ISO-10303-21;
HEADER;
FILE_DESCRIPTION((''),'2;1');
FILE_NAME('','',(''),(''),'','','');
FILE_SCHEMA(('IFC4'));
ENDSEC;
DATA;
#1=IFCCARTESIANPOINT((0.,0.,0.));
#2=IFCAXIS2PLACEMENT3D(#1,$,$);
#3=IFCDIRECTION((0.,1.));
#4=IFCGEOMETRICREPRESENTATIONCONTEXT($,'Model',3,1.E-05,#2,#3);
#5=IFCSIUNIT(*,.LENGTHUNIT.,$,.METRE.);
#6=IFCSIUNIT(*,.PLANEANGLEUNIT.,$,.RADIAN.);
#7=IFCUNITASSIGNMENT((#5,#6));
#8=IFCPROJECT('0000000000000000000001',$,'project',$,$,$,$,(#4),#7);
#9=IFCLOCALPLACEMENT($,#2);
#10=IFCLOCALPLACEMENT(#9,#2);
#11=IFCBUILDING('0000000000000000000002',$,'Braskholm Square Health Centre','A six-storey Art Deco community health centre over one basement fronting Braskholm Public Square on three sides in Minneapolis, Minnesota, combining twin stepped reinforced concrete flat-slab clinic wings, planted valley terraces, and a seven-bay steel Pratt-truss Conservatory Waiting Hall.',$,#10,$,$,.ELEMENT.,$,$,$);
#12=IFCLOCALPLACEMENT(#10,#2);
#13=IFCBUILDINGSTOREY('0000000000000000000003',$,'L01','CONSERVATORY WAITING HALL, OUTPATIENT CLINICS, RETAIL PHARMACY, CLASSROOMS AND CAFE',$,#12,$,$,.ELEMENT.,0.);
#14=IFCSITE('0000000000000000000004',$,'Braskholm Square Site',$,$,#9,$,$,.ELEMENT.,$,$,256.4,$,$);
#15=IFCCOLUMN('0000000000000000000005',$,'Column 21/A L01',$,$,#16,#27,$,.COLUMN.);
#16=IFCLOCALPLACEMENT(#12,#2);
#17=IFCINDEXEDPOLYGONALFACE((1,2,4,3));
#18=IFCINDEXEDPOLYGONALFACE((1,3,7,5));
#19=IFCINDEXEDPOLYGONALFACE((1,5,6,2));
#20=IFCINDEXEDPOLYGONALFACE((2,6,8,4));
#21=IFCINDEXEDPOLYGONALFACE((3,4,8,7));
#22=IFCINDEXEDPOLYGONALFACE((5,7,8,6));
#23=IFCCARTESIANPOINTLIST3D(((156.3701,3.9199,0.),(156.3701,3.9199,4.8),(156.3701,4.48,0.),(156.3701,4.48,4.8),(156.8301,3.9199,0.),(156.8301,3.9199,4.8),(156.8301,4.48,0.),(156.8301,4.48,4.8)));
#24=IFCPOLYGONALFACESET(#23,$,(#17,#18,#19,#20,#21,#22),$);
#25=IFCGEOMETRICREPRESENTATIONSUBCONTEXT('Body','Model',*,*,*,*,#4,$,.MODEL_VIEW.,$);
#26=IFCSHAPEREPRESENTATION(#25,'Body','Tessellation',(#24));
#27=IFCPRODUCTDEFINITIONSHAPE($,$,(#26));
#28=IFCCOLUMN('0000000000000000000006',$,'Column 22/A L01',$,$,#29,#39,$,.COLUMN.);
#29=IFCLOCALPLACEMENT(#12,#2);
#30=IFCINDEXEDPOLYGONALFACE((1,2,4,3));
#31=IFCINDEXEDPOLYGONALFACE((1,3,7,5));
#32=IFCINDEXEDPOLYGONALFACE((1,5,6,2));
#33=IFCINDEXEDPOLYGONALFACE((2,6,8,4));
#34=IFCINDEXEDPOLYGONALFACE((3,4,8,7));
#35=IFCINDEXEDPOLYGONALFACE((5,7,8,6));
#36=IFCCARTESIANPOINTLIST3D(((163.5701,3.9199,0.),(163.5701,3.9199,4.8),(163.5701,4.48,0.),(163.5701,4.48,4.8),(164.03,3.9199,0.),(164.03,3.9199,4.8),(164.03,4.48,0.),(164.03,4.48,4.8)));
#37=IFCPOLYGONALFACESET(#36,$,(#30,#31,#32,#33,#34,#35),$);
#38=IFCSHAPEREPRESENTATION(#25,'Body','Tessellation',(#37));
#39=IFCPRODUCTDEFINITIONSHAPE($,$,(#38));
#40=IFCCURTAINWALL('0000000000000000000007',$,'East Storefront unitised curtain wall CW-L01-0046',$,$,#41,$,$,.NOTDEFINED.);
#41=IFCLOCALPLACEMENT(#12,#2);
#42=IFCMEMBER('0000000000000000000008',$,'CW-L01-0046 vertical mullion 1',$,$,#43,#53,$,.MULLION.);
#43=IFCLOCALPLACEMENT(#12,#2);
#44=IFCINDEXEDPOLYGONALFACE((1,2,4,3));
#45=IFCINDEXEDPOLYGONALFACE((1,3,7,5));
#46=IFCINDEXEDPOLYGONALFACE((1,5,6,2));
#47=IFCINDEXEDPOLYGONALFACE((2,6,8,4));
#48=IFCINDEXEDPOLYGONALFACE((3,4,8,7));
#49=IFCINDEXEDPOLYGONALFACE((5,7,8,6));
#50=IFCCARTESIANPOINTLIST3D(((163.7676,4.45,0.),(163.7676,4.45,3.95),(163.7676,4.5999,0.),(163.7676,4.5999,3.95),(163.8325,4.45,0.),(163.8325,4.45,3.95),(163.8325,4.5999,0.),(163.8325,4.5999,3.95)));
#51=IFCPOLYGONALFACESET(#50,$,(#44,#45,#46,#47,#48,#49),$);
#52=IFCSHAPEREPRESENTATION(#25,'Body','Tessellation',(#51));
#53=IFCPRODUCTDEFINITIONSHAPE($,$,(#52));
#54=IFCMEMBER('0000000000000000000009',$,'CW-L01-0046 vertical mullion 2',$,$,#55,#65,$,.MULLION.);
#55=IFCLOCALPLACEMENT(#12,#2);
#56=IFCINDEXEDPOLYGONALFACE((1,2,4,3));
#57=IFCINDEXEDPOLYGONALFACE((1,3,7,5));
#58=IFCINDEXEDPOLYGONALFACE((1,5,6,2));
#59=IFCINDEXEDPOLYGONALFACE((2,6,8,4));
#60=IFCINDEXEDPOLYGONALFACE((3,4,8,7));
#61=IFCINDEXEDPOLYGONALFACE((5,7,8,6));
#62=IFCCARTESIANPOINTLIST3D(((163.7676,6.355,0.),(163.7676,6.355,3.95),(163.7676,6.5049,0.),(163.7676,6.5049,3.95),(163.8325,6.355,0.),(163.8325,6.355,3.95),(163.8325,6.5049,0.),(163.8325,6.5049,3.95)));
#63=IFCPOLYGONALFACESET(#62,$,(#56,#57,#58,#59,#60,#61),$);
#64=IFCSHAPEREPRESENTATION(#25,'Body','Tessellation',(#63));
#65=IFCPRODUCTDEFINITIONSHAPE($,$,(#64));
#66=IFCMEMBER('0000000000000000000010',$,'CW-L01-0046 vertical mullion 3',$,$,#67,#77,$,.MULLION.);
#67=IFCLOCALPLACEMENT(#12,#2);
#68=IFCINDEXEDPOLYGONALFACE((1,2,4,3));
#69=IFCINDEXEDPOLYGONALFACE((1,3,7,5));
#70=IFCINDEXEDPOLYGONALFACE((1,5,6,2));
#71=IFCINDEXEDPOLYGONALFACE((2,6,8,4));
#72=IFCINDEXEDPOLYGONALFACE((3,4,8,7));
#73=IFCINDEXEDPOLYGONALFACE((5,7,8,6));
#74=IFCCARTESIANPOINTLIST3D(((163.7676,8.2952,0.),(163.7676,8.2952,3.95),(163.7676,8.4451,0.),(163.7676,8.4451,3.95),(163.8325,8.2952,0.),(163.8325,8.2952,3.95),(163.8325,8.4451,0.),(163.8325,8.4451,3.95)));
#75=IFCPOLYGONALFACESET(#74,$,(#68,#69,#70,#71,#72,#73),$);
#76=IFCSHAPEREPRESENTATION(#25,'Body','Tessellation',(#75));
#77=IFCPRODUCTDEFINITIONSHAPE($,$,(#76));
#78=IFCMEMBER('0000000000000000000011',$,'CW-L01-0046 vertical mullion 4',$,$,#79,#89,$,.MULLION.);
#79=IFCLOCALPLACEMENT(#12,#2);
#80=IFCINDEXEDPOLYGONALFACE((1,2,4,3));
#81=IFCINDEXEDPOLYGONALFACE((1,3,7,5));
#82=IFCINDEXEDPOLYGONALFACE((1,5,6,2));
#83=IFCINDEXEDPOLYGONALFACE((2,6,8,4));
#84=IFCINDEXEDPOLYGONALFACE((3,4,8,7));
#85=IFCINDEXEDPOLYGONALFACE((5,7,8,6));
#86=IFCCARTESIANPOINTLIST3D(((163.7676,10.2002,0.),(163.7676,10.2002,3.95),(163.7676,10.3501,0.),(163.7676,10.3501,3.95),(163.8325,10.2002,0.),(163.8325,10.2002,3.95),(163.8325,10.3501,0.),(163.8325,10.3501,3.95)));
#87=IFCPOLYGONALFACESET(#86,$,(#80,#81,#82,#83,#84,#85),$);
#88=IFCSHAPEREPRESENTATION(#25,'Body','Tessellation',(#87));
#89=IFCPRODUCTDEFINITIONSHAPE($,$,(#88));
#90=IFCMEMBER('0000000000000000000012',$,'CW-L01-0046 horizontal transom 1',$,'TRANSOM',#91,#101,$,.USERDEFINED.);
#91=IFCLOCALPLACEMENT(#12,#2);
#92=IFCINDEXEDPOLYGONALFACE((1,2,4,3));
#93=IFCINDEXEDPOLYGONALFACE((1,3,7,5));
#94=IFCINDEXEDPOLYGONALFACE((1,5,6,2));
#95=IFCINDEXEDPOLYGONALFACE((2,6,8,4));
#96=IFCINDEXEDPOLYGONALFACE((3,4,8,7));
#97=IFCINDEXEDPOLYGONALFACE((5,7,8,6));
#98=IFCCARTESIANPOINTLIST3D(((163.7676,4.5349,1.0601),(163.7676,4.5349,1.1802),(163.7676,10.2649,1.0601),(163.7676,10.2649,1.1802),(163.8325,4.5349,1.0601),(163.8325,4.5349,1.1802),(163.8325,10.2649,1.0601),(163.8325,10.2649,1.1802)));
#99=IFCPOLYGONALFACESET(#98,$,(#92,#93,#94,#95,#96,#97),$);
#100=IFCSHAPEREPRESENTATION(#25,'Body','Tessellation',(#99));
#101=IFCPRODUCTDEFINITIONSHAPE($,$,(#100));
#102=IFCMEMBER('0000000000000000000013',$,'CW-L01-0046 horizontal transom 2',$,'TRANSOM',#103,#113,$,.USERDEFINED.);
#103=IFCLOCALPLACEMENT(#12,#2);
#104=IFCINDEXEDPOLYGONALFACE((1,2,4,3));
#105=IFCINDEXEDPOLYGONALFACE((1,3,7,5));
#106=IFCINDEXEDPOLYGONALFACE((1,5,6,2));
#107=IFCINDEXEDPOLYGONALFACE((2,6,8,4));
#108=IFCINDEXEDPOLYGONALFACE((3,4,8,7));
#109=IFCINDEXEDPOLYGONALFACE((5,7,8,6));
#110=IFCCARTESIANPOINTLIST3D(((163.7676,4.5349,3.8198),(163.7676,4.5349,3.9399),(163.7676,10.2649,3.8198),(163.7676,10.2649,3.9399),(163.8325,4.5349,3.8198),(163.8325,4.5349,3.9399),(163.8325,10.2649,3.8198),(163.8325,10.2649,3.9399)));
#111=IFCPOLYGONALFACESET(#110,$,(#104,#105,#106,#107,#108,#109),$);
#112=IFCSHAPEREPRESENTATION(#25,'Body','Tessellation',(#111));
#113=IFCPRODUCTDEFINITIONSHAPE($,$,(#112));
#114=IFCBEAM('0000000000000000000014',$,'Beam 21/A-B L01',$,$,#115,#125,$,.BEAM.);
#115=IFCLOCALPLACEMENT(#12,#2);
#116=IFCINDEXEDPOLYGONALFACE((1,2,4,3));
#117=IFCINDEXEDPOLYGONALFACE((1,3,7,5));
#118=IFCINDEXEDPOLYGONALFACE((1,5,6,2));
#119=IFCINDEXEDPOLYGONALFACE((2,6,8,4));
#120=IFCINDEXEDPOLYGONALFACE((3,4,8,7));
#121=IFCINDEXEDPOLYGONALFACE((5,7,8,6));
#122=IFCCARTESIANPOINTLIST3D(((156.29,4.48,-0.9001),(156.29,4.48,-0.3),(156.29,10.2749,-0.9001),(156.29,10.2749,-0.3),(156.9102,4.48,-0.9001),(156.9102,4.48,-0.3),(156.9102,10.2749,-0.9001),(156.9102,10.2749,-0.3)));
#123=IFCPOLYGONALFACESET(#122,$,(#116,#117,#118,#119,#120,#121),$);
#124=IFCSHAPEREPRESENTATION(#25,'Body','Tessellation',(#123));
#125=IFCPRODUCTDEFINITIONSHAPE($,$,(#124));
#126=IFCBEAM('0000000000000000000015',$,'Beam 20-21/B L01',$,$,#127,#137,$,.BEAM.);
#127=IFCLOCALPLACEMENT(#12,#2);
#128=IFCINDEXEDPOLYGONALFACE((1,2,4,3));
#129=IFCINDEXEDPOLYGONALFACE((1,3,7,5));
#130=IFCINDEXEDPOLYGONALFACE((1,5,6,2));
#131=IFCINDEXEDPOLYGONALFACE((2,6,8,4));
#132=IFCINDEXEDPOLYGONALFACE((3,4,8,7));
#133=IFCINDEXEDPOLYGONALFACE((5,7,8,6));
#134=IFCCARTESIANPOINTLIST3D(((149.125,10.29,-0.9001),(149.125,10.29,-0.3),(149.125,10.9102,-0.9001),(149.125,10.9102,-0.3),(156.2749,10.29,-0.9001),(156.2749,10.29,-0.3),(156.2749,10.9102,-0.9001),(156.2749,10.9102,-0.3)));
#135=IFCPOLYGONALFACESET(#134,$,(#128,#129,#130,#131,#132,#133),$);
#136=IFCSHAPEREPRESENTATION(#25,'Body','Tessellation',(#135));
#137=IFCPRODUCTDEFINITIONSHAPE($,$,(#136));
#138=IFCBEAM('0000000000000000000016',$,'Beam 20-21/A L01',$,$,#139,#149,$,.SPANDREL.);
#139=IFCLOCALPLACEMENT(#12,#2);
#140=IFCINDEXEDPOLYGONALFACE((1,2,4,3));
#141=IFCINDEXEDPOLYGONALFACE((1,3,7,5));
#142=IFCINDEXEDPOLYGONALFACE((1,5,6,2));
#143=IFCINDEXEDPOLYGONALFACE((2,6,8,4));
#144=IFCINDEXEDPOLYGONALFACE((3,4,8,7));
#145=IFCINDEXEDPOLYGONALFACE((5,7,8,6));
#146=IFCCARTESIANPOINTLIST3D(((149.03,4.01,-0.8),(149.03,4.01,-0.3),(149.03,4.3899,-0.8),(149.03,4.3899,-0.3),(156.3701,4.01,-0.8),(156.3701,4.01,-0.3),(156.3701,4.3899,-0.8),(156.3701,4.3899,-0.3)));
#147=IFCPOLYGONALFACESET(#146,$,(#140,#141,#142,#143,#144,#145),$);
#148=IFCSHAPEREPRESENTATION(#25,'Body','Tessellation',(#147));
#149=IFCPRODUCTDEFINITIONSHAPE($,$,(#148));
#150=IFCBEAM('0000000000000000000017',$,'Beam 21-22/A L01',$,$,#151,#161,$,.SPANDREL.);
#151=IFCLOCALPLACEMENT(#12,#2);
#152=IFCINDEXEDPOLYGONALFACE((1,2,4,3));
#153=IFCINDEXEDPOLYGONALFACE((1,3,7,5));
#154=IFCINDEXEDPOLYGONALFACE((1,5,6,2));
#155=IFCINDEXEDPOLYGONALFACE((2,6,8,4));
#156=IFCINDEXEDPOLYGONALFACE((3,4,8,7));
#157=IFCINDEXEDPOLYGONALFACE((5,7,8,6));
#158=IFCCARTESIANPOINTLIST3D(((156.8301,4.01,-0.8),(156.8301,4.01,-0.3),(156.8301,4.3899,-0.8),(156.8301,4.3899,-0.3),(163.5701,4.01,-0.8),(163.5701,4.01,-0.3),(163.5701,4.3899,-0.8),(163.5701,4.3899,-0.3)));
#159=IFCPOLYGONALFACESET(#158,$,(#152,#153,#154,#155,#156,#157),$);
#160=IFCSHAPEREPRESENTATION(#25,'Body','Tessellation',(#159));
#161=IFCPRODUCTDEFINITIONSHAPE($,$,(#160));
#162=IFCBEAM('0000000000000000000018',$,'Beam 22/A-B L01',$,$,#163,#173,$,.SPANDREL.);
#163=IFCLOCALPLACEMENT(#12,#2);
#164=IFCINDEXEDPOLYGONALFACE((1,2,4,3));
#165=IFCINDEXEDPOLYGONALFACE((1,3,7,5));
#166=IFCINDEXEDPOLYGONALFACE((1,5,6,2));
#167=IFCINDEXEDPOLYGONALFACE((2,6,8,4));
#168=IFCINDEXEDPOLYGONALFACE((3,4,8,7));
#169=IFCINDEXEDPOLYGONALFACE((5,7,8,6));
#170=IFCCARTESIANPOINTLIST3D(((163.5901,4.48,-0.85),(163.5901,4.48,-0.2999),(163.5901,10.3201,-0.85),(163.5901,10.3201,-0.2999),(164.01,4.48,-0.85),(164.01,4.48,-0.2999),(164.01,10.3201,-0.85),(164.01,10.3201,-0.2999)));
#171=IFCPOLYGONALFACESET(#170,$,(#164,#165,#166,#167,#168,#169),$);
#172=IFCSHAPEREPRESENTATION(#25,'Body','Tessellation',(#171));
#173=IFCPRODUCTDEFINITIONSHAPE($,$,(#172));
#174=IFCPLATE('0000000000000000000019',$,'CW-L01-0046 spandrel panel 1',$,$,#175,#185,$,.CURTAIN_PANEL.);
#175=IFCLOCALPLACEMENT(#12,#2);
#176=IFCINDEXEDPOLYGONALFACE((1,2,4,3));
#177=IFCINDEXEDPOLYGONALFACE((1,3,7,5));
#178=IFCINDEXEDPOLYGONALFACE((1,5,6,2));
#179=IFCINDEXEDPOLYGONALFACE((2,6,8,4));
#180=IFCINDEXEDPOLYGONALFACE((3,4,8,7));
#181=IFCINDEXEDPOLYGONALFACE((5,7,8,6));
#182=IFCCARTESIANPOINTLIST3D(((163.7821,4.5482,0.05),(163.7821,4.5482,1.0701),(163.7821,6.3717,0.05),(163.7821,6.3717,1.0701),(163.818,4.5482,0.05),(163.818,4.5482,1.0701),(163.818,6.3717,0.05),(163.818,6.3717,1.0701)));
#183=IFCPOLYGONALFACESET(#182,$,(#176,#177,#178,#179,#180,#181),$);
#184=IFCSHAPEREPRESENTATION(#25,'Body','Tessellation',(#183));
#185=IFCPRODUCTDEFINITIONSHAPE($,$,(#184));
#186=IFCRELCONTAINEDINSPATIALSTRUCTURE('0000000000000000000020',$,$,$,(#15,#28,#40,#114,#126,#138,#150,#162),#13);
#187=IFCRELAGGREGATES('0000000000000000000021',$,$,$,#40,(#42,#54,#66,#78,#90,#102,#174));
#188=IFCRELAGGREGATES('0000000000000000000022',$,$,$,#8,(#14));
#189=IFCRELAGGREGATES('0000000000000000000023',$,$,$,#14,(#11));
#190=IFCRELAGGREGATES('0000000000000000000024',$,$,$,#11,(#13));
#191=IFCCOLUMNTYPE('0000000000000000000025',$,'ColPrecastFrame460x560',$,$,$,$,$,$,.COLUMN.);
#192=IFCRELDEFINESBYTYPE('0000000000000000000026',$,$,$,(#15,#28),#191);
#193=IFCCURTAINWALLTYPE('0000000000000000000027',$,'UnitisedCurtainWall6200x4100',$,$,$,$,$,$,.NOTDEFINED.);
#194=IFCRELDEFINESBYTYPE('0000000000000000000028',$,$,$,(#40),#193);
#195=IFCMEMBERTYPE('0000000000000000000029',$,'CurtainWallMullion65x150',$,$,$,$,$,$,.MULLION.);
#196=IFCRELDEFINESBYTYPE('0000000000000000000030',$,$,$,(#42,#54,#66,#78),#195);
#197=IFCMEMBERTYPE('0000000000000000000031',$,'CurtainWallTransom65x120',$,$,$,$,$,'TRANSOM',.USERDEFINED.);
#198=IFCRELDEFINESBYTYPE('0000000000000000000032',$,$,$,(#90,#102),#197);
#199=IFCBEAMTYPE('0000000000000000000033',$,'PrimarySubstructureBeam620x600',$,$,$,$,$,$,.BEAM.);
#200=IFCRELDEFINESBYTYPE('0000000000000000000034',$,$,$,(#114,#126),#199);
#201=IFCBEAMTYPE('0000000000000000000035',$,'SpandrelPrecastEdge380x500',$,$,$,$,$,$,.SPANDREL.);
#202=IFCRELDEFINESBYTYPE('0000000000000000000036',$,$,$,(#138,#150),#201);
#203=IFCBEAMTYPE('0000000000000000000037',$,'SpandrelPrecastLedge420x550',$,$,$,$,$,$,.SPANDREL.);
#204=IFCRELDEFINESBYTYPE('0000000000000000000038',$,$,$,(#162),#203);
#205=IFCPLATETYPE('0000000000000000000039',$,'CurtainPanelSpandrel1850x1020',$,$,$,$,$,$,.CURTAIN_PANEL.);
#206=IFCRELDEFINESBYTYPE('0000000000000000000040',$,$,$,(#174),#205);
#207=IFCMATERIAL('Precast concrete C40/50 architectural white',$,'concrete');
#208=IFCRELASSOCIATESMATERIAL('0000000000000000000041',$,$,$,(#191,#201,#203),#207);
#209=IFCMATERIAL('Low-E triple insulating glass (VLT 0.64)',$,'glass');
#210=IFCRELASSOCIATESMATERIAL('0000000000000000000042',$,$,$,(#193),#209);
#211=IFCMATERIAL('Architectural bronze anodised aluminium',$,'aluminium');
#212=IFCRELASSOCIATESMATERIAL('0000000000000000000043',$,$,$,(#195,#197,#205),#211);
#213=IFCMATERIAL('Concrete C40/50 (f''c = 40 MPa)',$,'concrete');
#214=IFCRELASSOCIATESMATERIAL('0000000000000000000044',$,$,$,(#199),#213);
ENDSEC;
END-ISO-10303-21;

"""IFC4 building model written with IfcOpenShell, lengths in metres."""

from ifc_helpers import new_model, si_unit, direction, frame, origin, origin_2d, place, context, subcontext, project, spatial, rectangle, extrude, material, material_profile, profile_set, type_object, element, aggregate, save


model = new_model("IFC4")

# Units and contexts
model_context = context("Model", 3, precision=1e-05, world=origin(), true_north=direction((0.0, 1.0)))
body_context = subcontext(model_context, "Body", "Model", "MODEL_VIEW")
ifc_project = project(units=[si_unit("LENGTHUNIT", "METRE"), si_unit("PLANEANGLEUNIT", "RADIAN")], contexts=[model_context])

# Site, building, storey
site_placement = place(None, origin())
site = spatial("IfcSite", under=ifc_project, at=site_placement, Name="Braskholm Square Site", CompositionType="ELEMENT", RefElevation=256.4)
building_placement = place(site_placement, origin())
building = spatial("IfcBuilding", under=site, at=building_placement, Name="Braskholm Square Health Centre", Description="A six-storey Art Deco community health centre over one basement fronting Braskholm Public Square on three sides in Minneapolis, Minnesota, combining twin stepped reinforced concrete flat-slab clinic wings, planted valley terraces, and a seven-bay steel Pratt-truss Conservatory Waiting Hall.", CompositionType="ELEMENT")
storey_placement = place(building_placement, origin())
storey = spatial("IfcBuildingStorey", under=building, at=storey_placement, Name="L01", Description="CONSERVATORY WAITING HALL, OUTPATIENT CLINICS, RETAIL PHARMACY, CLASSROOMS AND CAFE", CompositionType="ELEMENT", Elevation=0.0)

# Columns
ifc_material_1 = material(Name="Precast concrete C40/50 architectural white", Category="concrete")
ifc_material_profile_1 = material_profile(ifc_material_1, rectangle(XDim=0.46, YDim=0.5601, at=origin_2d()), Name="RC-460X560")
ifc_profile_set_1 = profile_set([ifc_material_profile_1], Name="Precast concrete C40/50 architectural white")
column_type = type_object("IfcColumnType", Name="ColPrecastFrame460x560", PredefinedType="COLUMN", material=ifc_profile_set_1)
for number, where, z_axis, x_axis, name in (
    (1, (156.6001, 4.2, 0.0), (0.0, 0.0, 1.0), (1.0, 0.0, 0.0), "Column 21/A L01"),
    (2, (163.8, 4.2, 0.0), (0.0, 0.0, 1.0), (1.0, 0.0, 0.0), "Column 22/A L01"),
):
    element("IfcColumn", number, at=place(storey_placement, frame(where, z_axis=z_axis, x_axis=x_axis)), inside=storey, type_object=column_type, Name=name, PredefinedType="COLUMN", context=body_context, shape_type="SweptSolid", body=[
        extrude(rectangle(XDim=0.46, YDim=0.5601, at=origin_2d()), origin(), (0.0, 0.0, 1.0), 4.8),
    ])

# Curtain wall, members
ifc_material_2 = material(Name="Low-E triple insulating glass (VLT 0.64)", Category="glass")
curtain_wall_type = type_object("IfcCurtainWallType", Name="UnitisedCurtainWall6200x4100", PredefinedType="NOTDEFINED", material=ifc_material_2)
curtain_wall_placement = place(storey_placement, origin())
curtain_wall = element("IfcCurtainWall", 3, at=curtain_wall_placement, inside=storey, type_object=curtain_wall_type, Name="East Storefront unitised curtain wall CW-L01-0046", PredefinedType="NOTDEFINED")
ifc_material_3 = material(Name="Architectural bronze anodised aluminium", Category="aluminium")
ifc_material_profile_2 = material_profile(ifc_material_3, rectangle(XDim=0.0649, YDim=0.1499, at=origin_2d()), Name="ALU-65X150")
ifc_profile_set_2 = profile_set([ifc_material_profile_2], Name="Architectural bronze anodised aluminium")
member_type_1 = type_object("IfcMemberType", Name="CurtainWallMullion65x150", PredefinedType="MULLION", material=ifc_profile_set_2)
member_1_placement = place(storey_placement, frame((163.8, 4.5249, 0.0), z_axis=(0.0, 0.0, 1.0), x_axis=(1.0, 0.0, 0.0)))
member_1 = element("IfcMember", 4, at=member_1_placement, type_object=member_type_1, Name="CW-L01-0046 vertical mullion 1", PredefinedType="MULLION", context=body_context, shape_type="SweptSolid", body=[
    extrude(rectangle(XDim=0.0649, YDim=0.1499, at=origin_2d()), origin(), (0.0, 0.0, 1.0), 3.95),
])
member_2_placement = place(storey_placement, frame((163.8, 6.4299, 0.0), z_axis=(0.0, 0.0, 1.0), x_axis=(1.0, 0.0, 0.0)))
member_2 = element("IfcMember", 5, at=member_2_placement, type_object=member_type_1, Name="CW-L01-0046 vertical mullion 2", PredefinedType="MULLION", context=body_context, shape_type="SweptSolid", body=[
    extrude(rectangle(XDim=0.0649, YDim=0.1499, at=origin_2d()), origin(), (0.0, 0.0, 1.0), 3.95),
])
member_3_placement = place(storey_placement, frame((163.8, 8.3701, 0.0), z_axis=(0.0, 0.0, 1.0), x_axis=(1.0, 0.0, 0.0)))
member_3 = element("IfcMember", 6, at=member_3_placement, type_object=member_type_1, Name="CW-L01-0046 vertical mullion 3", PredefinedType="MULLION", context=body_context, shape_type="SweptSolid", body=[
    extrude(rectangle(XDim=0.0649, YDim=0.1499, at=origin_2d()), origin(), (0.0, 0.0, 1.0), 3.95),
])
member_4_placement = place(storey_placement, frame((163.8, 10.2751, 0.0), z_axis=(0.0, 0.0, 1.0), x_axis=(1.0, 0.0, 0.0)))
member_4 = element("IfcMember", 7, at=member_4_placement, type_object=member_type_1, Name="CW-L01-0046 vertical mullion 4", PredefinedType="MULLION", context=body_context, shape_type="SweptSolid", body=[
    extrude(rectangle(XDim=0.0649, YDim=0.1499, at=origin_2d()), origin(), (0.0, 0.0, 1.0), 3.95),
])
ifc_material_profile_3 = material_profile(ifc_material_3, rectangle(XDim=0.0649, YDim=0.1201, at=origin_2d()), Name="ALU-65X120")
ifc_profile_set_3 = profile_set([ifc_material_profile_3], Name="Architectural bronze anodised aluminium")
member_type_2 = type_object("IfcMemberType", Name="CurtainWallTransom65x120", ElementType="TRANSOM", PredefinedType="USERDEFINED", material=ifc_profile_set_3)
member_5_placement = place(storey_placement, frame((163.8, 4.5349, 1.1201), z_axis=(0.0, 1.0, 0.0), x_axis=(-1.0, 0.0, 0.0)))
member_5 = element("IfcMember", 8, at=member_5_placement, type_object=member_type_2, Name="CW-L01-0046 horizontal transom 1", ObjectType="TRANSOM", PredefinedType="USERDEFINED", context=body_context, shape_type="SweptSolid", body=[
    extrude(rectangle(XDim=0.0649, YDim=0.1201, at=origin_2d()), origin(), (0.0, 0.0, 1.0), 5.73),
])
member_6_placement = place(storey_placement, frame((163.8, 4.5349, 3.8799), z_axis=(0.0, 1.0, 0.0), x_axis=(-1.0, 0.0, 0.0)))
member_6 = element("IfcMember", 9, at=member_6_placement, type_object=member_type_2, Name="CW-L01-0046 horizontal transom 2", ObjectType="TRANSOM", PredefinedType="USERDEFINED", context=body_context, shape_type="SweptSolid", body=[
    extrude(rectangle(XDim=0.0649, YDim=0.1201, at=origin_2d()), origin(), (0.0, 0.0, 1.0), 5.73),
])

# Beams
ifc_material_4 = material(Name="Concrete C40/50 (f'c = 40 MPa)", Category="concrete")
ifc_material_profile_4 = material_profile(ifc_material_4, rectangle(XDim=0.6201, YDim=0.6001, at=origin_2d()), Name="RCB-620X600")
ifc_profile_set_4 = profile_set([ifc_material_profile_4], Name="Concrete C40/50 (f'c = 40 MPa)")
beam_type_1 = type_object("IfcBeamType", Name="PrimarySubstructureBeam620x600", PredefinedType="BEAM", material=ifc_profile_set_4)
beam_1_placement = place(storey_placement, frame((156.6001, 4.48, -0.6001), z_axis=(0.0, 1.0, 0.0), x_axis=(-1.0, 0.0, 0.0)))
element("IfcBeam", 10, at=beam_1_placement, inside=storey, type_object=beam_type_1, Name="Beam 21/A-B L01", PredefinedType="BEAM", context=body_context, shape_type="SweptSolid", body=[
    extrude(rectangle(XDim=0.6201, YDim=0.6001, at=origin_2d()), origin(), (0.0, 0.0, 1.0), 5.7949),
])
beam_2_placement = place(storey_placement, frame((149.125, 10.6001, -0.6001), z_axis=(1.0, 0.0, 0.0), x_axis=(0.0, 1.0, 0.0)))
element("IfcBeam", 11, at=beam_2_placement, inside=storey, type_object=beam_type_1, Name="Beam 20-21/B L01", PredefinedType="BEAM", context=body_context, shape_type="SweptSolid", body=[
    extrude(rectangle(XDim=0.6201, YDim=0.6001, at=origin_2d()), origin(), (0.0, 0.0, 1.0), 7.1499),
])
ifc_material_profile_5 = material_profile(ifc_material_1, rectangle(XDim=0.3799, YDim=0.5, at=origin_2d()), Name="RCB-380X500")
ifc_profile_set_5 = profile_set([ifc_material_profile_5], Name="Precast concrete C40/50 architectural white")
beam_type_2 = type_object("IfcBeamType", Name="SpandrelPrecastEdge380x500", PredefinedType="SPANDREL", material=ifc_profile_set_5)
beam_3_placement = place(storey_placement, frame((149.03, 4.2, -0.55), z_axis=(1.0, 0.0, 0.0), x_axis=(0.0, 1.0, 0.0)))
element("IfcBeam", 12, at=beam_3_placement, inside=storey, type_object=beam_type_2, Name="Beam 20-21/A L01", PredefinedType="SPANDREL", context=body_context, shape_type="SweptSolid", body=[
    extrude(rectangle(XDim=0.3799, YDim=0.5, at=origin_2d()), origin(), (0.0, 0.0, 1.0), 7.3401),
])
beam_4_placement = place(storey_placement, frame((156.8301, 4.2, -0.55), z_axis=(1.0, 0.0, 0.0), x_axis=(0.0, 1.0, 0.0)))
element("IfcBeam", 13, at=beam_4_placement, inside=storey, type_object=beam_type_2, Name="Beam 21-22/A L01", PredefinedType="SPANDREL", context=body_context, shape_type="SweptSolid", body=[
    extrude(rectangle(XDim=0.3799, YDim=0.5, at=origin_2d()), origin(), (0.0, 0.0, 1.0), 6.74),
])
ifc_material_profile_6 = material_profile(ifc_material_1, rectangle(XDim=0.4199, YDim=0.55, at=origin_2d()), Name="RCB-420X550")
ifc_profile_set_6 = profile_set([ifc_material_profile_6], Name="Precast concrete C40/50 architectural white")
beam_type_3 = type_object("IfcBeamType", Name="SpandrelPrecastLedge420x550", PredefinedType="SPANDREL", material=ifc_profile_set_6)
beam_5_placement = place(storey_placement, frame((163.8, 4.48, -0.575), z_axis=(0.0, 1.0, 0.0), x_axis=(-1.0, 0.0, 0.0)))
element("IfcBeam", 14, at=beam_5_placement, inside=storey, type_object=beam_type_3, Name="Beam 22/A-B L01", PredefinedType="SPANDREL", context=body_context, shape_type="SweptSolid", body=[
    extrude(rectangle(XDim=0.4199, YDim=0.55, at=origin_2d()), origin(), (0.0, 0.0, 1.0), 5.8401),
])

# Plate
plate_type_1 = type_object("IfcPlateType", Name="CurtainPanelSpandrel1850x1020", PredefinedType="CURTAIN_PANEL", material=ifc_material_3)
plate_1_placement = place(storey_placement, frame((163.8, 5.46, 0.05), z_axis=(0.0, 0.0, 1.0), x_axis=(0.0, 1.0, 0.0)))
plate_1 = element("IfcPlate", 15, at=plate_1_placement, type_object=plate_type_1, Name="CW-L01-0046 spandrel panel 1", PredefinedType="CURTAIN_PANEL", context=body_context, shape_type="SweptSolid", body=[
    extrude(rectangle(XDim=1.8235, YDim=0.0359, at=origin_2d()), origin(), (0.0, 0.0, 1.0), 1.02),
])
aggregate(curtain_wall, [member_1, member_2, member_3, member_4, member_5, member_6, plate_1])

save(model, "model.ifc")
